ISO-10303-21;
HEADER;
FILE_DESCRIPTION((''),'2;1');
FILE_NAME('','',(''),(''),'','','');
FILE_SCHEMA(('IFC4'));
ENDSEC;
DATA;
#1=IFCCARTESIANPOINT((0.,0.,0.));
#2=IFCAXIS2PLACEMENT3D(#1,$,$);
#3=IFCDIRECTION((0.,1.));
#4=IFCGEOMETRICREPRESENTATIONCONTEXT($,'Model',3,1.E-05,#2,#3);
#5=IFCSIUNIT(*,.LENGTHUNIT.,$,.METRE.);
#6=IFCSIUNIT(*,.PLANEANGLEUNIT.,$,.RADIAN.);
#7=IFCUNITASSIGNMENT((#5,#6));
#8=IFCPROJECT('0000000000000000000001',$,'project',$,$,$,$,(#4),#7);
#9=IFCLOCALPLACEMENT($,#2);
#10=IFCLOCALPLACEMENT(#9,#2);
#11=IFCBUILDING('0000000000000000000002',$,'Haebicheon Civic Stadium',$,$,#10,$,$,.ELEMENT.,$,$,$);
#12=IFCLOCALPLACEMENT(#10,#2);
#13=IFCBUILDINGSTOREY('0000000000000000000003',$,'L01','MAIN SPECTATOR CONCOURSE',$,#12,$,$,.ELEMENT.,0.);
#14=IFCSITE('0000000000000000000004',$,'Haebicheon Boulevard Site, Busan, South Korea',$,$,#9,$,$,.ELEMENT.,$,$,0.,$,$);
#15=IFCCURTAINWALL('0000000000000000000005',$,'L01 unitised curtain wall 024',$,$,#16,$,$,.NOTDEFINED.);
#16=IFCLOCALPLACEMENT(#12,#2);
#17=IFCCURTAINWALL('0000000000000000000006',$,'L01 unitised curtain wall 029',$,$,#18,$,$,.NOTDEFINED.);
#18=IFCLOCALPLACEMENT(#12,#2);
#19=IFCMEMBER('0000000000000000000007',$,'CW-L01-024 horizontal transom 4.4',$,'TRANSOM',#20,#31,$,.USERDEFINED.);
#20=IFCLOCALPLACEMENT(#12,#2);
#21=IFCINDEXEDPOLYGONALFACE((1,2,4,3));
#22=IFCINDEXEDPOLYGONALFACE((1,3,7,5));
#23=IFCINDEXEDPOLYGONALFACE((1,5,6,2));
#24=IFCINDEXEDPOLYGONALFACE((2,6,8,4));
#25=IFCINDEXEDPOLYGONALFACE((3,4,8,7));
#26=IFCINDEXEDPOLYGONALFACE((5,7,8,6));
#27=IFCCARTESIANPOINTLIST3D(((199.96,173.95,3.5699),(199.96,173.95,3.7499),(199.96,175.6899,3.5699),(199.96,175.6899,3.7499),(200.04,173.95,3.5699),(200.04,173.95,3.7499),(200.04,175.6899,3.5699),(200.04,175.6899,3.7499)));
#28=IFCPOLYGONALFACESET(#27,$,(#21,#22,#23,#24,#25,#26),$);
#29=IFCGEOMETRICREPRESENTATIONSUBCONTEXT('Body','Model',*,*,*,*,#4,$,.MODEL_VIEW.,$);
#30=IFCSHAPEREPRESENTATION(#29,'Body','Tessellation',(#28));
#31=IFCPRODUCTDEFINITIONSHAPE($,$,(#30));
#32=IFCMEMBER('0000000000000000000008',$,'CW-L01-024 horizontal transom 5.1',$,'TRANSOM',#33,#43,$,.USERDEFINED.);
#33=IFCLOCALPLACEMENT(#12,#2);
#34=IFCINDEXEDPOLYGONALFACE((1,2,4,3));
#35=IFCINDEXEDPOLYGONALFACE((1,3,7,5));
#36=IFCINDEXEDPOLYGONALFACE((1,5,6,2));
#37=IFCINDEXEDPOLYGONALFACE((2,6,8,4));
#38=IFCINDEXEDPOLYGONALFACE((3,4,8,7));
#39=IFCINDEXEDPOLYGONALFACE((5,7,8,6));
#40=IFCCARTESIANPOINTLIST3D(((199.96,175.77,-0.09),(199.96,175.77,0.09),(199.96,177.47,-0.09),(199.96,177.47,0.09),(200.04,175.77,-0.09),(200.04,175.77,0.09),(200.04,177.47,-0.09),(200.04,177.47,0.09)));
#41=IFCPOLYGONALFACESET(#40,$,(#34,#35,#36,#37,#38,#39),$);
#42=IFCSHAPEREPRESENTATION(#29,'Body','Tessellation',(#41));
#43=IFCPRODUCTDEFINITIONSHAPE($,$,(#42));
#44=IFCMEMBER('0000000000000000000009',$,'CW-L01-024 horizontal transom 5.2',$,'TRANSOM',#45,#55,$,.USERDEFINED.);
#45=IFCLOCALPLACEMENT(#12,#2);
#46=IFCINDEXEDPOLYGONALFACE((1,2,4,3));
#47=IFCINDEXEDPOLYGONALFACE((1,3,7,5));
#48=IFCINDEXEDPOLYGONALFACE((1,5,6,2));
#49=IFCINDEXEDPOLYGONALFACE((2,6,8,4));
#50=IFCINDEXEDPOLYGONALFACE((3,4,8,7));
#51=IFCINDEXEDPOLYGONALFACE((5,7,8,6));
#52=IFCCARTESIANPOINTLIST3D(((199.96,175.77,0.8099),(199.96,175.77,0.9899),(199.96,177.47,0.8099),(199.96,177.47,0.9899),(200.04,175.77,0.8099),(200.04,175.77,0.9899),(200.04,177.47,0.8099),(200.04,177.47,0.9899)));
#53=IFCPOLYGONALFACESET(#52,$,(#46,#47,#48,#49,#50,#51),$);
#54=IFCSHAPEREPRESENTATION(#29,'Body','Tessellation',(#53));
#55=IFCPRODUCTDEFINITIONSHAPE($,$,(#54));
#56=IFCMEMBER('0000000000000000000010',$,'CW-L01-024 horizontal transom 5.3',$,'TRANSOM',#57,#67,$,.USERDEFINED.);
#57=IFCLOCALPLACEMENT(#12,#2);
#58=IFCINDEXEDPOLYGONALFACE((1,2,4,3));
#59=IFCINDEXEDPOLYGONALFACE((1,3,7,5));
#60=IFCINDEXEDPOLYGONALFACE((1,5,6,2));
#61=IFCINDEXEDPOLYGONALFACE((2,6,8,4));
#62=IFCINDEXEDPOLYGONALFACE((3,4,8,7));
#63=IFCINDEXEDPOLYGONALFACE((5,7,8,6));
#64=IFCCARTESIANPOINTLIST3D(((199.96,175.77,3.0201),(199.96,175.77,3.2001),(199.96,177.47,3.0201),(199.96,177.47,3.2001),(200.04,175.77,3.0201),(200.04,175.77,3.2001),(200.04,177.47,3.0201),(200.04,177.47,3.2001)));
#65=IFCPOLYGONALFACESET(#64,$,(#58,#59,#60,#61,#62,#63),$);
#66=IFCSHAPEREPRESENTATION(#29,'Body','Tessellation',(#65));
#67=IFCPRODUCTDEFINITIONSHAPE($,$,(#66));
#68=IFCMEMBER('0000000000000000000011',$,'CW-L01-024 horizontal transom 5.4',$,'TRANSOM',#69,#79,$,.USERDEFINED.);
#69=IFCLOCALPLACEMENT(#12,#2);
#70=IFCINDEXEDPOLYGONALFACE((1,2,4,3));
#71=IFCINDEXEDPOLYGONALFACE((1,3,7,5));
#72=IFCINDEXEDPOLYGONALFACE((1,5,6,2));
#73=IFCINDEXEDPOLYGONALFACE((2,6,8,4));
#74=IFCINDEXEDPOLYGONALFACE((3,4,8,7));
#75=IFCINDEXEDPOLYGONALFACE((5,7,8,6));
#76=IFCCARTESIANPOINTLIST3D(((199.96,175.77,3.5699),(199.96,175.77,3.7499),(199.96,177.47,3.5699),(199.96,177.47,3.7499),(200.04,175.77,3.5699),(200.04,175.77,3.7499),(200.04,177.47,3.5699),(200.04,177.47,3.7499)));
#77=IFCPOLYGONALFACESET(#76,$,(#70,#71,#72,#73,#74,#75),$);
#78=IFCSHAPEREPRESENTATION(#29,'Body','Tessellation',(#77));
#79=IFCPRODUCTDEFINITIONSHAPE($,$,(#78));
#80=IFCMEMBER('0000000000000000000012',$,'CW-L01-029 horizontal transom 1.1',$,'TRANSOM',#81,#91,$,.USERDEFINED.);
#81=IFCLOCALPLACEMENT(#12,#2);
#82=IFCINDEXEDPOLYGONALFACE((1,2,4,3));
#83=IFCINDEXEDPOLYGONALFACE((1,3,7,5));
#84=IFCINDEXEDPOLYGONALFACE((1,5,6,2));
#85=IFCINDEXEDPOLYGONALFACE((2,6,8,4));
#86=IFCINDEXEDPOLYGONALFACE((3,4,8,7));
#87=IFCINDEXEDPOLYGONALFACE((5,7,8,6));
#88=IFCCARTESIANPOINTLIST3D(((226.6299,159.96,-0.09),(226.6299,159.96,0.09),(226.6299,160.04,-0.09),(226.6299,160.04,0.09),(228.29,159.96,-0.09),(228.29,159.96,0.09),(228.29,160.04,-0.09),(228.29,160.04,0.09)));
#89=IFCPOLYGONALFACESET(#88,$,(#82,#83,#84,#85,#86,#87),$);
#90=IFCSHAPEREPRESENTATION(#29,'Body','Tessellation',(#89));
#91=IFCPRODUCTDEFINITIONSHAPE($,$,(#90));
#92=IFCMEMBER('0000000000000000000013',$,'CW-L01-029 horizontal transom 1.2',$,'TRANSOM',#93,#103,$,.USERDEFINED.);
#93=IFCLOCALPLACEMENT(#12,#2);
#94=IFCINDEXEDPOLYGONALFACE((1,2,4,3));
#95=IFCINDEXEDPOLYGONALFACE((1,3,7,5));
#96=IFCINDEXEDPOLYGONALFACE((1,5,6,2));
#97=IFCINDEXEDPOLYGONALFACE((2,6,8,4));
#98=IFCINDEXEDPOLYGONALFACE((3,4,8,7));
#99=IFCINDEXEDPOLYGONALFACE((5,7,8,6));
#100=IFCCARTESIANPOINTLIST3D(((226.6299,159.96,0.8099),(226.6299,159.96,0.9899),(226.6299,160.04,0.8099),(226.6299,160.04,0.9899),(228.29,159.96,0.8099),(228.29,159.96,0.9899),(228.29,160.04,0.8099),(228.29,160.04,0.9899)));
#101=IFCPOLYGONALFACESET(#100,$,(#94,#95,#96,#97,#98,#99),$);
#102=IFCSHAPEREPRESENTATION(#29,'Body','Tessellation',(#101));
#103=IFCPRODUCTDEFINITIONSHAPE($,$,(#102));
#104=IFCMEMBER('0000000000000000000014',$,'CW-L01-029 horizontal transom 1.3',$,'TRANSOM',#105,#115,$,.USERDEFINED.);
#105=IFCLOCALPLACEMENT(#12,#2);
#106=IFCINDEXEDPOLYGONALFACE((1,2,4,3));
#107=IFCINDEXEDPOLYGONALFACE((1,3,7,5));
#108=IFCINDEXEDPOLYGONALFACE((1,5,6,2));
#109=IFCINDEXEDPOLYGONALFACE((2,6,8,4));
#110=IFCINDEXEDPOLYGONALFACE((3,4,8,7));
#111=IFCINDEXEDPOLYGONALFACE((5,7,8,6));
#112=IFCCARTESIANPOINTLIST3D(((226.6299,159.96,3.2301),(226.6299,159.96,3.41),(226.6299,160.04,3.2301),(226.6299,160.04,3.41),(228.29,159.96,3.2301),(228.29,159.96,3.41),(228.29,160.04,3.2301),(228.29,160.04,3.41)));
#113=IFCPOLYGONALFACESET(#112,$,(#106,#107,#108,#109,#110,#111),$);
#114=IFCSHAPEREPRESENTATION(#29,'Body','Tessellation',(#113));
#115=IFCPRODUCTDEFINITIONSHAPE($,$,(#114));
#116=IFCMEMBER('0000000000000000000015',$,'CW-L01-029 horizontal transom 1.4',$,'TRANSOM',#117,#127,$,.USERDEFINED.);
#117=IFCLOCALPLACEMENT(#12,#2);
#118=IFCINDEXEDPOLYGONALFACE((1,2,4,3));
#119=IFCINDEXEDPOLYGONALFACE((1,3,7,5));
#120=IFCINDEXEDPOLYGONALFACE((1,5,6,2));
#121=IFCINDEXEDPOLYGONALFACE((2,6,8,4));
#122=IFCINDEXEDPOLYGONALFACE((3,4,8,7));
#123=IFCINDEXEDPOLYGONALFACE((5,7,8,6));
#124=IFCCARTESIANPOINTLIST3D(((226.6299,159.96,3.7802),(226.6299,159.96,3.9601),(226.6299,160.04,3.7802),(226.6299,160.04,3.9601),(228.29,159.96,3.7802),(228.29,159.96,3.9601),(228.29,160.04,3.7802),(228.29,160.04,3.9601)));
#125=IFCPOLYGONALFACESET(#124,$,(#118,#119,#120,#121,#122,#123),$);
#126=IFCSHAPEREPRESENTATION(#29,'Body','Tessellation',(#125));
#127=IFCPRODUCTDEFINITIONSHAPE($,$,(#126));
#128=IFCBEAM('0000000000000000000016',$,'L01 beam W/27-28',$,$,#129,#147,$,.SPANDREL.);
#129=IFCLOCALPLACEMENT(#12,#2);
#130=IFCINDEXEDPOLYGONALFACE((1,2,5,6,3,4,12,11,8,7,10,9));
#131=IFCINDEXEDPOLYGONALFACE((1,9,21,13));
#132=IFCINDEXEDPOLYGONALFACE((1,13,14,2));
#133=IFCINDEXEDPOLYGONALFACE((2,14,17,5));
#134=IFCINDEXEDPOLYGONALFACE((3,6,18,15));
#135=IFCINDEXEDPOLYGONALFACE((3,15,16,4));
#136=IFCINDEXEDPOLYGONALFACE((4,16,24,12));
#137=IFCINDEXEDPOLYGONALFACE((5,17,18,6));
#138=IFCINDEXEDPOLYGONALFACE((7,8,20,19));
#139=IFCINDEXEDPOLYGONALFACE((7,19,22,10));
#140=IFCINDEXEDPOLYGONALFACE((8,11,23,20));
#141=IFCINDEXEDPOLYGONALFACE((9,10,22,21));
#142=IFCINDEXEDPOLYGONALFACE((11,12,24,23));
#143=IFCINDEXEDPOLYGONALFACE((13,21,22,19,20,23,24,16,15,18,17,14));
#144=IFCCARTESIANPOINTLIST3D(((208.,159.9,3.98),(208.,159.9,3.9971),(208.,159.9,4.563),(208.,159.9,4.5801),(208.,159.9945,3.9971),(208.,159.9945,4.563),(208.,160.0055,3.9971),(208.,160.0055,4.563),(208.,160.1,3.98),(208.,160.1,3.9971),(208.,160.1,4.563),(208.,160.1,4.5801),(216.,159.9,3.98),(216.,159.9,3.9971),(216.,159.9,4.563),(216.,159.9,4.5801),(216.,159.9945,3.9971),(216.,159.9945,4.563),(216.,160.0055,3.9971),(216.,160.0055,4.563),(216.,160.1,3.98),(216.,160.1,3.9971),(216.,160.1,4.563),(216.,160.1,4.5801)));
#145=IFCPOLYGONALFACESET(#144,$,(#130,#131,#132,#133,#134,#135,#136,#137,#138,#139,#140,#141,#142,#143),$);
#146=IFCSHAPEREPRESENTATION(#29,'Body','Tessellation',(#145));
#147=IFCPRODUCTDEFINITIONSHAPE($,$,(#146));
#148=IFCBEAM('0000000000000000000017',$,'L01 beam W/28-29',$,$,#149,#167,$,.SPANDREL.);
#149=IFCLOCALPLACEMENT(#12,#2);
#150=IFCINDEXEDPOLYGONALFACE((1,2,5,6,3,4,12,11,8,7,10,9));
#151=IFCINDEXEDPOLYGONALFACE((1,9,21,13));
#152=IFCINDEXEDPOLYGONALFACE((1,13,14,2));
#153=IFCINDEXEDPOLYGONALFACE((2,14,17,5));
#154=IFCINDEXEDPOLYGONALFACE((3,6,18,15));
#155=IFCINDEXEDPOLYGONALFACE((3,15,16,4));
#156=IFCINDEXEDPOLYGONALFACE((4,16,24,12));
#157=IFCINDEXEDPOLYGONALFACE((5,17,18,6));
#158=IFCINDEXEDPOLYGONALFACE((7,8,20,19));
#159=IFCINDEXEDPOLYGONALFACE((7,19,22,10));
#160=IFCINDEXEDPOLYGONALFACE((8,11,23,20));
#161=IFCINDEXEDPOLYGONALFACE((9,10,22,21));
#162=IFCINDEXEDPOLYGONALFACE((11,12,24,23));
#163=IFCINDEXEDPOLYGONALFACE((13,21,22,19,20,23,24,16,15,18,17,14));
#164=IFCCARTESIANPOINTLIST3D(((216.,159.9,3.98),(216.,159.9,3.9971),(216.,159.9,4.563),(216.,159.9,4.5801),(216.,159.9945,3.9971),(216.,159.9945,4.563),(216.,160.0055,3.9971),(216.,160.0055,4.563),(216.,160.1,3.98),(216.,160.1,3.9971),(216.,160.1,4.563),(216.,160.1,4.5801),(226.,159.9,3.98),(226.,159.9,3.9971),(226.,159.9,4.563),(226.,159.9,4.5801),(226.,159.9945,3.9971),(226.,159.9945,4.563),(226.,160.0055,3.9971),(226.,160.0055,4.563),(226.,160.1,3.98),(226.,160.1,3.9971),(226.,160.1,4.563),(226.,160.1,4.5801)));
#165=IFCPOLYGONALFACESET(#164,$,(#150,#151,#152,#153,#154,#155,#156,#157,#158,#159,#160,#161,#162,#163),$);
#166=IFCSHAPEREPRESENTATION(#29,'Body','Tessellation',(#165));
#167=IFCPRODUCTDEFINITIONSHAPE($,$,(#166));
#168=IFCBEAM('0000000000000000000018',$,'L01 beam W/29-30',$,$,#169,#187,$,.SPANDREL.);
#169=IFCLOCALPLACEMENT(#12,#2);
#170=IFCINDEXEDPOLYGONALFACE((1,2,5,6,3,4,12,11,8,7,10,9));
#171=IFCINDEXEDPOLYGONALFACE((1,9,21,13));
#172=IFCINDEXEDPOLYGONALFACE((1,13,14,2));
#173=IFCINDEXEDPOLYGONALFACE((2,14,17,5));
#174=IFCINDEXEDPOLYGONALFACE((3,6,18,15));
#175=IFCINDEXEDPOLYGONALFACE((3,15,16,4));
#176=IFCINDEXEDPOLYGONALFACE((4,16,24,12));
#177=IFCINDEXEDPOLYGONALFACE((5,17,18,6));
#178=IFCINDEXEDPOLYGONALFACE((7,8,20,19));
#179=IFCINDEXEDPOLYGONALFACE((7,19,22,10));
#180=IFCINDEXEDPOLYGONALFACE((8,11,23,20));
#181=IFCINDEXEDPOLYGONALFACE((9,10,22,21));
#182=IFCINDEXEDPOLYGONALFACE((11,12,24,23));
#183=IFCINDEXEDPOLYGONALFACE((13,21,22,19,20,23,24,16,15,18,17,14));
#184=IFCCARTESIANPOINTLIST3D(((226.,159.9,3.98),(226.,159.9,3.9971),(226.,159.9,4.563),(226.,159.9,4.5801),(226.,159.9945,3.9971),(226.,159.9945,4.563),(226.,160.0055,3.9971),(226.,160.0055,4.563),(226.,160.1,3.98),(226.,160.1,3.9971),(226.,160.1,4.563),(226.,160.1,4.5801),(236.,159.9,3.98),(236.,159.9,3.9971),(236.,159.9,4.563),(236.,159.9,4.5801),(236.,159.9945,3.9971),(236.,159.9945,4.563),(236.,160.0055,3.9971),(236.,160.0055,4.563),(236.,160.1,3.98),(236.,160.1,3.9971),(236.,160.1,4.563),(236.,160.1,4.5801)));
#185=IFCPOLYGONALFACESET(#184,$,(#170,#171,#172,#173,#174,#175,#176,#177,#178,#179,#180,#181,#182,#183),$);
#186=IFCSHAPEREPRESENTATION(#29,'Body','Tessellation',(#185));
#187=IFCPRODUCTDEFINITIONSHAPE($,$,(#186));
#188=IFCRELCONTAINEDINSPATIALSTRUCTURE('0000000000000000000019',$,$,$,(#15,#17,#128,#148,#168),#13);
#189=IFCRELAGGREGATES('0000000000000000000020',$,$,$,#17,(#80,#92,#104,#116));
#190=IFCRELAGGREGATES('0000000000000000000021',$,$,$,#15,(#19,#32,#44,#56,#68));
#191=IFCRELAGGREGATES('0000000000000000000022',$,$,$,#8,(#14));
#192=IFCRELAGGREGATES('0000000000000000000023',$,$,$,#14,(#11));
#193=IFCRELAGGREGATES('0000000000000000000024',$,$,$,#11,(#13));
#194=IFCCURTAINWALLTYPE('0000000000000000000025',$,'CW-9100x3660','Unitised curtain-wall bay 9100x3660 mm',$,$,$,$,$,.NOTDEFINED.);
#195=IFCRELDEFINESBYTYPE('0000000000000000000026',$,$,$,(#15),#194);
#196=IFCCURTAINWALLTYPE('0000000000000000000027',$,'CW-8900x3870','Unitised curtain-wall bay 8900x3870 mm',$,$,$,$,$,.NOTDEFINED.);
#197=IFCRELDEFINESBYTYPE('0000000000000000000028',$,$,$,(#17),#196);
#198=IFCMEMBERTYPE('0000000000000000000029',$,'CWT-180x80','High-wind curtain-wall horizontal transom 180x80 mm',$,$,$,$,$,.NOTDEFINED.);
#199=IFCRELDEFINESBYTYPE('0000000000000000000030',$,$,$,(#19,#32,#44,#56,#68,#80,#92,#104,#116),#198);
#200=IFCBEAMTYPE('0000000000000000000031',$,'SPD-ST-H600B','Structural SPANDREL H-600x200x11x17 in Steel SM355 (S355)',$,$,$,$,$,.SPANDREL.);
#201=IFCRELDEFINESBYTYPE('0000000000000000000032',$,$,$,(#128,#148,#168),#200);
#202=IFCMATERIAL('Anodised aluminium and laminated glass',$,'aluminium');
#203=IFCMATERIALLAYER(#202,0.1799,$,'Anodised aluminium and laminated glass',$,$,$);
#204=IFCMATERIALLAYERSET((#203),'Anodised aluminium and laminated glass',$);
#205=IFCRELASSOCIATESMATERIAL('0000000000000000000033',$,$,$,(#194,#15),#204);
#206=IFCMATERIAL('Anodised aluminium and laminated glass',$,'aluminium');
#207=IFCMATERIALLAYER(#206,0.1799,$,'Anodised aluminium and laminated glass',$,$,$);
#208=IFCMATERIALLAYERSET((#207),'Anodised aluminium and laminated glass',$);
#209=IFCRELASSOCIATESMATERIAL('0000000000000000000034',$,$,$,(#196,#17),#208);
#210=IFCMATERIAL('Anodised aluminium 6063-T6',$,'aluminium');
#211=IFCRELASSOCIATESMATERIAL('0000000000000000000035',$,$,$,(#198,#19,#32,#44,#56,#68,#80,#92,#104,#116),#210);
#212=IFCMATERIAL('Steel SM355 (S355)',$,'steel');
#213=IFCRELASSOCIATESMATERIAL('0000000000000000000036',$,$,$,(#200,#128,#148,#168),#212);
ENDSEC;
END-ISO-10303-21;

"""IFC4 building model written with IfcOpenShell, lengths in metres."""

from ifc_helpers import new_model, si_unit, direction, frame, origin, origin_2d, place, context, subcontext, project, spatial, rectangle, i_section, extrude, material, layer, layer_set, material_profile, profile_set, type_object, element, aggregate, save


model = new_model("IFC4")

# Units and contexts
model_context = context("Model", 3, precision=1e-05, world=origin(), true_north=direction((0.0, 1.0)))
body_context = subcontext(model_context, "Body", "Model", "MODEL_VIEW")
ifc_project = project(units=[si_unit("LENGTHUNIT", "METRE"), si_unit("PLANEANGLEUNIT", "RADIAN")], contexts=[model_context])

# Site, building, storey
site_placement = place(None, origin())
site = spatial("IfcSite", under=ifc_project, at=site_placement, Name="Haebicheon Boulevard Site, Busan, South Korea", CompositionType="ELEMENT", RefElevation=0.0)
building_placement = place(site_placement, origin())
building = spatial("IfcBuilding", under=site, at=building_placement, Name="Haebicheon Civic Stadium", CompositionType="ELEMENT")
storey_placement = place(building_placement, origin())
storey = spatial("IfcBuildingStorey", under=building, at=storey_placement, Name="L01", Description="MAIN SPECTATOR CONCOURSE", CompositionType="ELEMENT", Elevation=0.0)

# Curtain wall
ifc_material_1 = material(Name="Anodised aluminium and laminated glass", Category="aluminium")
ifc_layer_1 = layer(ifc_material_1, 0.1799, Name="Anodised aluminium and laminated glass")
ifc_layer_set_1 = layer_set([ifc_layer_1], Name="Anodised aluminium and laminated glass")
curtain_wall_type_1 = type_object("IfcCurtainWallType", Name="CW-9100x3660", Description="Unitised curtain-wall bay 9100x3660 mm", PredefinedType="NOTDEFINED", material=ifc_layer_set_1)
curtain_wall_1_placement = place(storey_placement, origin())
curtain_wall_1 = element("IfcCurtainWall", 1, at=curtain_wall_1_placement, inside=storey, type_object=curtain_wall_type_1, material=ifc_layer_set_1, Name="L01 unitised curtain wall 024", PredefinedType="NOTDEFINED")

# Curtain wall
ifc_material_2 = material(Name="Anodised aluminium and laminated glass", Category="aluminium")
ifc_layer_2 = layer(ifc_material_2, 0.1799, Name="Anodised aluminium and laminated glass")
ifc_layer_set_2 = layer_set([ifc_layer_2], Name="Anodised aluminium and laminated glass")
curtain_wall_type_2 = type_object("IfcCurtainWallType", Name="CW-8900x3870", Description="Unitised curtain-wall bay 8900x3870 mm", PredefinedType="NOTDEFINED", material=ifc_layer_set_2)
curtain_wall_2_placement = place(storey_placement, origin())
curtain_wall_2 = element("IfcCurtainWall", 2, at=curtain_wall_2_placement, inside=storey, type_object=curtain_wall_type_2, material=ifc_layer_set_2, Name="L01 unitised curtain wall 029", PredefinedType="NOTDEFINED")

# Members
ifc_material_3 = material(Name="Anodised aluminium 6063-T6", Category="aluminium")
ifc_material_profile_1 = material_profile(ifc_material_3, rectangle(XDim=0.0801, YDim=0.1799, at=origin_2d()), Name="ALU-TRAN-80x180")
ifc_profile_set_1 = profile_set([ifc_material_profile_1], Name="Anodised aluminium 6063-T6")
member_type_1 = type_object("IfcMemberType", Name="CWT-180x80", Description="High-wind curtain-wall horizontal transom 180x80 mm", PredefinedType="NOTDEFINED", material=ifc_profile_set_1)
member_1_placement = place(storey_placement, frame((200.0, 173.95, 3.6599), z_axis=(0.0, 1.0, 0.0), x_axis=(-1.0, 0.0, 0.0)))
member_1 = element("IfcMember", 3, at=member_1_placement, type_object=member_type_1, material=ifc_profile_set_1, Name="CW-L01-024 horizontal transom 4.4", ObjectType="TRANSOM", PredefinedType="USERDEFINED", context=body_context, shape_type="SweptSolid", body=[
    extrude(rectangle(XDim=0.0801, YDim=0.1799, at=origin_2d()), origin(), (0.0, 0.0, 1.0), 1.74),
])
member_2_placement = place(storey_placement, frame((200.0, 175.77, 0.0), z_axis=(0.0, 1.0, 0.0), x_axis=(-1.0, 0.0, 0.0)))
member_2 = element("IfcMember", 4, at=member_2_placement, type_object=member_type_1, material=ifc_profile_set_1, Name="CW-L01-024 horizontal transom 5.1", ObjectType="TRANSOM", PredefinedType="USERDEFINED", context=body_context, shape_type="SweptSolid", body=[
    extrude(rectangle(XDim=0.0801, YDim=0.1799, at=origin_2d()), origin(), (0.0, 0.0, 1.0), 1.7),
])
member_3_placement = place(storey_placement, frame((200.0, 175.77, 0.8999), z_axis=(0.0, 1.0, 0.0), x_axis=(-1.0, 0.0, 0.0)))
member_3 = element("IfcMember", 5, at=member_3_placement, type_object=member_type_1, material=ifc_profile_set_1, Name="CW-L01-024 horizontal transom 5.2", ObjectType="TRANSOM", PredefinedType="USERDEFINED", context=body_context, shape_type="SweptSolid", body=[
    extrude(rectangle(XDim=0.0801, YDim=0.1799, at=origin_2d()), origin(), (0.0, 0.0, 1.0), 1.7),
])
member_4_placement = place(storey_placement, frame((200.0, 175.77, 3.1101), z_axis=(0.0, 1.0, 0.0), x_axis=(-1.0, 0.0, 0.0)))
member_4 = element("IfcMember", 6, at=member_4_placement, type_object=member_type_1, material=ifc_profile_set_1, Name="CW-L01-024 horizontal transom 5.3", ObjectType="TRANSOM", PredefinedType="USERDEFINED", context=body_context, shape_type="SweptSolid", body=[
    extrude(rectangle(XDim=0.0801, YDim=0.1799, at=origin_2d()), origin(), (0.0, 0.0, 1.0), 1.7),
])
member_5_placement = place(storey_placement, frame((200.0, 175.77, 3.6599), z_axis=(0.0, 1.0, 0.0), x_axis=(-1.0, 0.0, 0.0)))
member_5 = element("IfcMember", 7, at=member_5_placement, type_object=member_type_1, material=ifc_profile_set_1, Name="CW-L01-024 horizontal transom 5.4", ObjectType="TRANSOM", PredefinedType="USERDEFINED", context=body_context, shape_type="SweptSolid", body=[
    extrude(rectangle(XDim=0.0801, YDim=0.1799, at=origin_2d()), origin(), (0.0, 0.0, 1.0), 1.7),
])
member_6_placement = place(storey_placement, frame((226.6299, 160.0, 0.0), z_axis=(1.0, 0.0, 0.0), x_axis=(0.0, 1.0, 0.0)))
member_6 = element("IfcMember", 8, at=member_6_placement, type_object=member_type_1, material=ifc_profile_set_1, Name="CW-L01-029 horizontal transom 1.1", ObjectType="TRANSOM", PredefinedType="USERDEFINED", context=body_context, shape_type="SweptSolid", body=[
    extrude(rectangle(XDim=0.0801, YDim=0.1799, at=origin_2d()), origin(), (0.0, 0.0, 1.0), 1.6602),
])
member_7_placement = place(storey_placement, frame((226.6299, 160.0, 0.8999), z_axis=(1.0, 0.0, 0.0), x_axis=(0.0, 1.0, 0.0)))
member_7 = element("IfcMember", 9, at=member_7_placement, type_object=member_type_1, material=ifc_profile_set_1, Name="CW-L01-029 horizontal transom 1.2", ObjectType="TRANSOM", PredefinedType="USERDEFINED", context=body_context, shape_type="SweptSolid", body=[
    extrude(rectangle(XDim=0.0801, YDim=0.1799, at=origin_2d()), origin(), (0.0, 0.0, 1.0), 1.6602),
])
member_8_placement = place(storey_placement, frame((226.6299, 160.0, 3.3201), z_axis=(1.0, 0.0, 0.0), x_axis=(0.0, 1.0, 0.0)))
member_8 = element("IfcMember", 10, at=member_8_placement, type_object=member_type_1, material=ifc_profile_set_1, Name="CW-L01-029 horizontal transom 1.3", ObjectType="TRANSOM", PredefinedType="USERDEFINED", context=body_context, shape_type="SweptSolid", body=[
    extrude(rectangle(XDim=0.0801, YDim=0.1799, at=origin_2d()), origin(), (0.0, 0.0, 1.0), 1.6602),
])
member_9_placement = place(storey_placement, frame((226.6299, 160.0, 3.8701), z_axis=(1.0, 0.0, 0.0), x_axis=(0.0, 1.0, 0.0)))
member_9 = element("IfcMember", 11, at=member_9_placement, type_object=member_type_1, material=ifc_profile_set_1, Name="CW-L01-029 horizontal transom 1.4", ObjectType="TRANSOM", PredefinedType="USERDEFINED", context=body_context, shape_type="SweptSolid", body=[
    extrude(rectangle(XDim=0.0801, YDim=0.1799, at=origin_2d()), origin(), (0.0, 0.0, 1.0), 1.6602),
])
aggregate(curtain_wall_2, [member_6, member_7, member_8, member_9])

# Beams
ifc_material_4 = material(Name="Steel SM355 (S355)", Category="steel")
ifc_material_profile_2 = material_profile(ifc_material_4, i_section(OverallWidth=0.2, OverallDepth=0.6001, WebThickness=0.011, FlangeThickness=0.0171, at=origin_2d()), Name="H-600x200x11x17")
ifc_profile_set_2 = profile_set([ifc_material_profile_2], Name="Steel SM355 (S355)")
beam_type = type_object("IfcBeamType", Name="SPD-ST-H600B", Description="Structural SPANDREL H-600x200x11x17 in Steel SM355 (S355)", PredefinedType="SPANDREL", material=ifc_profile_set_2)
beam_placement = place(storey_placement, frame((208.0, 160.0, 4.28), z_axis=(1.0, 0.0, 0.0), x_axis=(0.0, 1.0, 0.0)))
element("IfcBeam", 12, at=beam_placement, inside=storey, type_object=beam_type, material=ifc_profile_set_2, Name="L01 beam W/27-28", PredefinedType="SPANDREL", context=body_context, shape_type="SweptSolid", body=[
    extrude(i_section(OverallWidth=0.2, OverallDepth=0.6001, WebThickness=0.011, FlangeThickness=0.0171, at=origin_2d()), origin(), (0.0, 0.0, 1.0), 8.0),
])
for number, where, z_axis, x_axis, name in (
    (13, (216.0, 160.0, 4.28), (1.0, 0.0, 0.0), (0.0, 1.0, 0.0), "L01 beam W/28-29"),
    (14, (226.0, 160.0, 4.28), (1.0, 0.0, 0.0), (0.0, 1.0, 0.0), "L01 beam W/29-30"),
):
    element("IfcBeam", number, at=place(storey_placement, frame(where, z_axis=z_axis, x_axis=x_axis)), inside=storey, type_object=beam_type, material=ifc_profile_set_2, Name=name, PredefinedType="SPANDREL", context=body_context, shape_type="SweptSolid", body=[
        extrude(i_section(OverallWidth=0.2, OverallDepth=0.6001, WebThickness=0.011, FlangeThickness=0.0171, at=origin_2d()), origin(), (0.0, 0.0, 1.0), 10.0),
    ])

aggregate(curtain_wall_1, [member_1, member_2, member_3, member_4, member_5])

save(model, "model.ifc")
